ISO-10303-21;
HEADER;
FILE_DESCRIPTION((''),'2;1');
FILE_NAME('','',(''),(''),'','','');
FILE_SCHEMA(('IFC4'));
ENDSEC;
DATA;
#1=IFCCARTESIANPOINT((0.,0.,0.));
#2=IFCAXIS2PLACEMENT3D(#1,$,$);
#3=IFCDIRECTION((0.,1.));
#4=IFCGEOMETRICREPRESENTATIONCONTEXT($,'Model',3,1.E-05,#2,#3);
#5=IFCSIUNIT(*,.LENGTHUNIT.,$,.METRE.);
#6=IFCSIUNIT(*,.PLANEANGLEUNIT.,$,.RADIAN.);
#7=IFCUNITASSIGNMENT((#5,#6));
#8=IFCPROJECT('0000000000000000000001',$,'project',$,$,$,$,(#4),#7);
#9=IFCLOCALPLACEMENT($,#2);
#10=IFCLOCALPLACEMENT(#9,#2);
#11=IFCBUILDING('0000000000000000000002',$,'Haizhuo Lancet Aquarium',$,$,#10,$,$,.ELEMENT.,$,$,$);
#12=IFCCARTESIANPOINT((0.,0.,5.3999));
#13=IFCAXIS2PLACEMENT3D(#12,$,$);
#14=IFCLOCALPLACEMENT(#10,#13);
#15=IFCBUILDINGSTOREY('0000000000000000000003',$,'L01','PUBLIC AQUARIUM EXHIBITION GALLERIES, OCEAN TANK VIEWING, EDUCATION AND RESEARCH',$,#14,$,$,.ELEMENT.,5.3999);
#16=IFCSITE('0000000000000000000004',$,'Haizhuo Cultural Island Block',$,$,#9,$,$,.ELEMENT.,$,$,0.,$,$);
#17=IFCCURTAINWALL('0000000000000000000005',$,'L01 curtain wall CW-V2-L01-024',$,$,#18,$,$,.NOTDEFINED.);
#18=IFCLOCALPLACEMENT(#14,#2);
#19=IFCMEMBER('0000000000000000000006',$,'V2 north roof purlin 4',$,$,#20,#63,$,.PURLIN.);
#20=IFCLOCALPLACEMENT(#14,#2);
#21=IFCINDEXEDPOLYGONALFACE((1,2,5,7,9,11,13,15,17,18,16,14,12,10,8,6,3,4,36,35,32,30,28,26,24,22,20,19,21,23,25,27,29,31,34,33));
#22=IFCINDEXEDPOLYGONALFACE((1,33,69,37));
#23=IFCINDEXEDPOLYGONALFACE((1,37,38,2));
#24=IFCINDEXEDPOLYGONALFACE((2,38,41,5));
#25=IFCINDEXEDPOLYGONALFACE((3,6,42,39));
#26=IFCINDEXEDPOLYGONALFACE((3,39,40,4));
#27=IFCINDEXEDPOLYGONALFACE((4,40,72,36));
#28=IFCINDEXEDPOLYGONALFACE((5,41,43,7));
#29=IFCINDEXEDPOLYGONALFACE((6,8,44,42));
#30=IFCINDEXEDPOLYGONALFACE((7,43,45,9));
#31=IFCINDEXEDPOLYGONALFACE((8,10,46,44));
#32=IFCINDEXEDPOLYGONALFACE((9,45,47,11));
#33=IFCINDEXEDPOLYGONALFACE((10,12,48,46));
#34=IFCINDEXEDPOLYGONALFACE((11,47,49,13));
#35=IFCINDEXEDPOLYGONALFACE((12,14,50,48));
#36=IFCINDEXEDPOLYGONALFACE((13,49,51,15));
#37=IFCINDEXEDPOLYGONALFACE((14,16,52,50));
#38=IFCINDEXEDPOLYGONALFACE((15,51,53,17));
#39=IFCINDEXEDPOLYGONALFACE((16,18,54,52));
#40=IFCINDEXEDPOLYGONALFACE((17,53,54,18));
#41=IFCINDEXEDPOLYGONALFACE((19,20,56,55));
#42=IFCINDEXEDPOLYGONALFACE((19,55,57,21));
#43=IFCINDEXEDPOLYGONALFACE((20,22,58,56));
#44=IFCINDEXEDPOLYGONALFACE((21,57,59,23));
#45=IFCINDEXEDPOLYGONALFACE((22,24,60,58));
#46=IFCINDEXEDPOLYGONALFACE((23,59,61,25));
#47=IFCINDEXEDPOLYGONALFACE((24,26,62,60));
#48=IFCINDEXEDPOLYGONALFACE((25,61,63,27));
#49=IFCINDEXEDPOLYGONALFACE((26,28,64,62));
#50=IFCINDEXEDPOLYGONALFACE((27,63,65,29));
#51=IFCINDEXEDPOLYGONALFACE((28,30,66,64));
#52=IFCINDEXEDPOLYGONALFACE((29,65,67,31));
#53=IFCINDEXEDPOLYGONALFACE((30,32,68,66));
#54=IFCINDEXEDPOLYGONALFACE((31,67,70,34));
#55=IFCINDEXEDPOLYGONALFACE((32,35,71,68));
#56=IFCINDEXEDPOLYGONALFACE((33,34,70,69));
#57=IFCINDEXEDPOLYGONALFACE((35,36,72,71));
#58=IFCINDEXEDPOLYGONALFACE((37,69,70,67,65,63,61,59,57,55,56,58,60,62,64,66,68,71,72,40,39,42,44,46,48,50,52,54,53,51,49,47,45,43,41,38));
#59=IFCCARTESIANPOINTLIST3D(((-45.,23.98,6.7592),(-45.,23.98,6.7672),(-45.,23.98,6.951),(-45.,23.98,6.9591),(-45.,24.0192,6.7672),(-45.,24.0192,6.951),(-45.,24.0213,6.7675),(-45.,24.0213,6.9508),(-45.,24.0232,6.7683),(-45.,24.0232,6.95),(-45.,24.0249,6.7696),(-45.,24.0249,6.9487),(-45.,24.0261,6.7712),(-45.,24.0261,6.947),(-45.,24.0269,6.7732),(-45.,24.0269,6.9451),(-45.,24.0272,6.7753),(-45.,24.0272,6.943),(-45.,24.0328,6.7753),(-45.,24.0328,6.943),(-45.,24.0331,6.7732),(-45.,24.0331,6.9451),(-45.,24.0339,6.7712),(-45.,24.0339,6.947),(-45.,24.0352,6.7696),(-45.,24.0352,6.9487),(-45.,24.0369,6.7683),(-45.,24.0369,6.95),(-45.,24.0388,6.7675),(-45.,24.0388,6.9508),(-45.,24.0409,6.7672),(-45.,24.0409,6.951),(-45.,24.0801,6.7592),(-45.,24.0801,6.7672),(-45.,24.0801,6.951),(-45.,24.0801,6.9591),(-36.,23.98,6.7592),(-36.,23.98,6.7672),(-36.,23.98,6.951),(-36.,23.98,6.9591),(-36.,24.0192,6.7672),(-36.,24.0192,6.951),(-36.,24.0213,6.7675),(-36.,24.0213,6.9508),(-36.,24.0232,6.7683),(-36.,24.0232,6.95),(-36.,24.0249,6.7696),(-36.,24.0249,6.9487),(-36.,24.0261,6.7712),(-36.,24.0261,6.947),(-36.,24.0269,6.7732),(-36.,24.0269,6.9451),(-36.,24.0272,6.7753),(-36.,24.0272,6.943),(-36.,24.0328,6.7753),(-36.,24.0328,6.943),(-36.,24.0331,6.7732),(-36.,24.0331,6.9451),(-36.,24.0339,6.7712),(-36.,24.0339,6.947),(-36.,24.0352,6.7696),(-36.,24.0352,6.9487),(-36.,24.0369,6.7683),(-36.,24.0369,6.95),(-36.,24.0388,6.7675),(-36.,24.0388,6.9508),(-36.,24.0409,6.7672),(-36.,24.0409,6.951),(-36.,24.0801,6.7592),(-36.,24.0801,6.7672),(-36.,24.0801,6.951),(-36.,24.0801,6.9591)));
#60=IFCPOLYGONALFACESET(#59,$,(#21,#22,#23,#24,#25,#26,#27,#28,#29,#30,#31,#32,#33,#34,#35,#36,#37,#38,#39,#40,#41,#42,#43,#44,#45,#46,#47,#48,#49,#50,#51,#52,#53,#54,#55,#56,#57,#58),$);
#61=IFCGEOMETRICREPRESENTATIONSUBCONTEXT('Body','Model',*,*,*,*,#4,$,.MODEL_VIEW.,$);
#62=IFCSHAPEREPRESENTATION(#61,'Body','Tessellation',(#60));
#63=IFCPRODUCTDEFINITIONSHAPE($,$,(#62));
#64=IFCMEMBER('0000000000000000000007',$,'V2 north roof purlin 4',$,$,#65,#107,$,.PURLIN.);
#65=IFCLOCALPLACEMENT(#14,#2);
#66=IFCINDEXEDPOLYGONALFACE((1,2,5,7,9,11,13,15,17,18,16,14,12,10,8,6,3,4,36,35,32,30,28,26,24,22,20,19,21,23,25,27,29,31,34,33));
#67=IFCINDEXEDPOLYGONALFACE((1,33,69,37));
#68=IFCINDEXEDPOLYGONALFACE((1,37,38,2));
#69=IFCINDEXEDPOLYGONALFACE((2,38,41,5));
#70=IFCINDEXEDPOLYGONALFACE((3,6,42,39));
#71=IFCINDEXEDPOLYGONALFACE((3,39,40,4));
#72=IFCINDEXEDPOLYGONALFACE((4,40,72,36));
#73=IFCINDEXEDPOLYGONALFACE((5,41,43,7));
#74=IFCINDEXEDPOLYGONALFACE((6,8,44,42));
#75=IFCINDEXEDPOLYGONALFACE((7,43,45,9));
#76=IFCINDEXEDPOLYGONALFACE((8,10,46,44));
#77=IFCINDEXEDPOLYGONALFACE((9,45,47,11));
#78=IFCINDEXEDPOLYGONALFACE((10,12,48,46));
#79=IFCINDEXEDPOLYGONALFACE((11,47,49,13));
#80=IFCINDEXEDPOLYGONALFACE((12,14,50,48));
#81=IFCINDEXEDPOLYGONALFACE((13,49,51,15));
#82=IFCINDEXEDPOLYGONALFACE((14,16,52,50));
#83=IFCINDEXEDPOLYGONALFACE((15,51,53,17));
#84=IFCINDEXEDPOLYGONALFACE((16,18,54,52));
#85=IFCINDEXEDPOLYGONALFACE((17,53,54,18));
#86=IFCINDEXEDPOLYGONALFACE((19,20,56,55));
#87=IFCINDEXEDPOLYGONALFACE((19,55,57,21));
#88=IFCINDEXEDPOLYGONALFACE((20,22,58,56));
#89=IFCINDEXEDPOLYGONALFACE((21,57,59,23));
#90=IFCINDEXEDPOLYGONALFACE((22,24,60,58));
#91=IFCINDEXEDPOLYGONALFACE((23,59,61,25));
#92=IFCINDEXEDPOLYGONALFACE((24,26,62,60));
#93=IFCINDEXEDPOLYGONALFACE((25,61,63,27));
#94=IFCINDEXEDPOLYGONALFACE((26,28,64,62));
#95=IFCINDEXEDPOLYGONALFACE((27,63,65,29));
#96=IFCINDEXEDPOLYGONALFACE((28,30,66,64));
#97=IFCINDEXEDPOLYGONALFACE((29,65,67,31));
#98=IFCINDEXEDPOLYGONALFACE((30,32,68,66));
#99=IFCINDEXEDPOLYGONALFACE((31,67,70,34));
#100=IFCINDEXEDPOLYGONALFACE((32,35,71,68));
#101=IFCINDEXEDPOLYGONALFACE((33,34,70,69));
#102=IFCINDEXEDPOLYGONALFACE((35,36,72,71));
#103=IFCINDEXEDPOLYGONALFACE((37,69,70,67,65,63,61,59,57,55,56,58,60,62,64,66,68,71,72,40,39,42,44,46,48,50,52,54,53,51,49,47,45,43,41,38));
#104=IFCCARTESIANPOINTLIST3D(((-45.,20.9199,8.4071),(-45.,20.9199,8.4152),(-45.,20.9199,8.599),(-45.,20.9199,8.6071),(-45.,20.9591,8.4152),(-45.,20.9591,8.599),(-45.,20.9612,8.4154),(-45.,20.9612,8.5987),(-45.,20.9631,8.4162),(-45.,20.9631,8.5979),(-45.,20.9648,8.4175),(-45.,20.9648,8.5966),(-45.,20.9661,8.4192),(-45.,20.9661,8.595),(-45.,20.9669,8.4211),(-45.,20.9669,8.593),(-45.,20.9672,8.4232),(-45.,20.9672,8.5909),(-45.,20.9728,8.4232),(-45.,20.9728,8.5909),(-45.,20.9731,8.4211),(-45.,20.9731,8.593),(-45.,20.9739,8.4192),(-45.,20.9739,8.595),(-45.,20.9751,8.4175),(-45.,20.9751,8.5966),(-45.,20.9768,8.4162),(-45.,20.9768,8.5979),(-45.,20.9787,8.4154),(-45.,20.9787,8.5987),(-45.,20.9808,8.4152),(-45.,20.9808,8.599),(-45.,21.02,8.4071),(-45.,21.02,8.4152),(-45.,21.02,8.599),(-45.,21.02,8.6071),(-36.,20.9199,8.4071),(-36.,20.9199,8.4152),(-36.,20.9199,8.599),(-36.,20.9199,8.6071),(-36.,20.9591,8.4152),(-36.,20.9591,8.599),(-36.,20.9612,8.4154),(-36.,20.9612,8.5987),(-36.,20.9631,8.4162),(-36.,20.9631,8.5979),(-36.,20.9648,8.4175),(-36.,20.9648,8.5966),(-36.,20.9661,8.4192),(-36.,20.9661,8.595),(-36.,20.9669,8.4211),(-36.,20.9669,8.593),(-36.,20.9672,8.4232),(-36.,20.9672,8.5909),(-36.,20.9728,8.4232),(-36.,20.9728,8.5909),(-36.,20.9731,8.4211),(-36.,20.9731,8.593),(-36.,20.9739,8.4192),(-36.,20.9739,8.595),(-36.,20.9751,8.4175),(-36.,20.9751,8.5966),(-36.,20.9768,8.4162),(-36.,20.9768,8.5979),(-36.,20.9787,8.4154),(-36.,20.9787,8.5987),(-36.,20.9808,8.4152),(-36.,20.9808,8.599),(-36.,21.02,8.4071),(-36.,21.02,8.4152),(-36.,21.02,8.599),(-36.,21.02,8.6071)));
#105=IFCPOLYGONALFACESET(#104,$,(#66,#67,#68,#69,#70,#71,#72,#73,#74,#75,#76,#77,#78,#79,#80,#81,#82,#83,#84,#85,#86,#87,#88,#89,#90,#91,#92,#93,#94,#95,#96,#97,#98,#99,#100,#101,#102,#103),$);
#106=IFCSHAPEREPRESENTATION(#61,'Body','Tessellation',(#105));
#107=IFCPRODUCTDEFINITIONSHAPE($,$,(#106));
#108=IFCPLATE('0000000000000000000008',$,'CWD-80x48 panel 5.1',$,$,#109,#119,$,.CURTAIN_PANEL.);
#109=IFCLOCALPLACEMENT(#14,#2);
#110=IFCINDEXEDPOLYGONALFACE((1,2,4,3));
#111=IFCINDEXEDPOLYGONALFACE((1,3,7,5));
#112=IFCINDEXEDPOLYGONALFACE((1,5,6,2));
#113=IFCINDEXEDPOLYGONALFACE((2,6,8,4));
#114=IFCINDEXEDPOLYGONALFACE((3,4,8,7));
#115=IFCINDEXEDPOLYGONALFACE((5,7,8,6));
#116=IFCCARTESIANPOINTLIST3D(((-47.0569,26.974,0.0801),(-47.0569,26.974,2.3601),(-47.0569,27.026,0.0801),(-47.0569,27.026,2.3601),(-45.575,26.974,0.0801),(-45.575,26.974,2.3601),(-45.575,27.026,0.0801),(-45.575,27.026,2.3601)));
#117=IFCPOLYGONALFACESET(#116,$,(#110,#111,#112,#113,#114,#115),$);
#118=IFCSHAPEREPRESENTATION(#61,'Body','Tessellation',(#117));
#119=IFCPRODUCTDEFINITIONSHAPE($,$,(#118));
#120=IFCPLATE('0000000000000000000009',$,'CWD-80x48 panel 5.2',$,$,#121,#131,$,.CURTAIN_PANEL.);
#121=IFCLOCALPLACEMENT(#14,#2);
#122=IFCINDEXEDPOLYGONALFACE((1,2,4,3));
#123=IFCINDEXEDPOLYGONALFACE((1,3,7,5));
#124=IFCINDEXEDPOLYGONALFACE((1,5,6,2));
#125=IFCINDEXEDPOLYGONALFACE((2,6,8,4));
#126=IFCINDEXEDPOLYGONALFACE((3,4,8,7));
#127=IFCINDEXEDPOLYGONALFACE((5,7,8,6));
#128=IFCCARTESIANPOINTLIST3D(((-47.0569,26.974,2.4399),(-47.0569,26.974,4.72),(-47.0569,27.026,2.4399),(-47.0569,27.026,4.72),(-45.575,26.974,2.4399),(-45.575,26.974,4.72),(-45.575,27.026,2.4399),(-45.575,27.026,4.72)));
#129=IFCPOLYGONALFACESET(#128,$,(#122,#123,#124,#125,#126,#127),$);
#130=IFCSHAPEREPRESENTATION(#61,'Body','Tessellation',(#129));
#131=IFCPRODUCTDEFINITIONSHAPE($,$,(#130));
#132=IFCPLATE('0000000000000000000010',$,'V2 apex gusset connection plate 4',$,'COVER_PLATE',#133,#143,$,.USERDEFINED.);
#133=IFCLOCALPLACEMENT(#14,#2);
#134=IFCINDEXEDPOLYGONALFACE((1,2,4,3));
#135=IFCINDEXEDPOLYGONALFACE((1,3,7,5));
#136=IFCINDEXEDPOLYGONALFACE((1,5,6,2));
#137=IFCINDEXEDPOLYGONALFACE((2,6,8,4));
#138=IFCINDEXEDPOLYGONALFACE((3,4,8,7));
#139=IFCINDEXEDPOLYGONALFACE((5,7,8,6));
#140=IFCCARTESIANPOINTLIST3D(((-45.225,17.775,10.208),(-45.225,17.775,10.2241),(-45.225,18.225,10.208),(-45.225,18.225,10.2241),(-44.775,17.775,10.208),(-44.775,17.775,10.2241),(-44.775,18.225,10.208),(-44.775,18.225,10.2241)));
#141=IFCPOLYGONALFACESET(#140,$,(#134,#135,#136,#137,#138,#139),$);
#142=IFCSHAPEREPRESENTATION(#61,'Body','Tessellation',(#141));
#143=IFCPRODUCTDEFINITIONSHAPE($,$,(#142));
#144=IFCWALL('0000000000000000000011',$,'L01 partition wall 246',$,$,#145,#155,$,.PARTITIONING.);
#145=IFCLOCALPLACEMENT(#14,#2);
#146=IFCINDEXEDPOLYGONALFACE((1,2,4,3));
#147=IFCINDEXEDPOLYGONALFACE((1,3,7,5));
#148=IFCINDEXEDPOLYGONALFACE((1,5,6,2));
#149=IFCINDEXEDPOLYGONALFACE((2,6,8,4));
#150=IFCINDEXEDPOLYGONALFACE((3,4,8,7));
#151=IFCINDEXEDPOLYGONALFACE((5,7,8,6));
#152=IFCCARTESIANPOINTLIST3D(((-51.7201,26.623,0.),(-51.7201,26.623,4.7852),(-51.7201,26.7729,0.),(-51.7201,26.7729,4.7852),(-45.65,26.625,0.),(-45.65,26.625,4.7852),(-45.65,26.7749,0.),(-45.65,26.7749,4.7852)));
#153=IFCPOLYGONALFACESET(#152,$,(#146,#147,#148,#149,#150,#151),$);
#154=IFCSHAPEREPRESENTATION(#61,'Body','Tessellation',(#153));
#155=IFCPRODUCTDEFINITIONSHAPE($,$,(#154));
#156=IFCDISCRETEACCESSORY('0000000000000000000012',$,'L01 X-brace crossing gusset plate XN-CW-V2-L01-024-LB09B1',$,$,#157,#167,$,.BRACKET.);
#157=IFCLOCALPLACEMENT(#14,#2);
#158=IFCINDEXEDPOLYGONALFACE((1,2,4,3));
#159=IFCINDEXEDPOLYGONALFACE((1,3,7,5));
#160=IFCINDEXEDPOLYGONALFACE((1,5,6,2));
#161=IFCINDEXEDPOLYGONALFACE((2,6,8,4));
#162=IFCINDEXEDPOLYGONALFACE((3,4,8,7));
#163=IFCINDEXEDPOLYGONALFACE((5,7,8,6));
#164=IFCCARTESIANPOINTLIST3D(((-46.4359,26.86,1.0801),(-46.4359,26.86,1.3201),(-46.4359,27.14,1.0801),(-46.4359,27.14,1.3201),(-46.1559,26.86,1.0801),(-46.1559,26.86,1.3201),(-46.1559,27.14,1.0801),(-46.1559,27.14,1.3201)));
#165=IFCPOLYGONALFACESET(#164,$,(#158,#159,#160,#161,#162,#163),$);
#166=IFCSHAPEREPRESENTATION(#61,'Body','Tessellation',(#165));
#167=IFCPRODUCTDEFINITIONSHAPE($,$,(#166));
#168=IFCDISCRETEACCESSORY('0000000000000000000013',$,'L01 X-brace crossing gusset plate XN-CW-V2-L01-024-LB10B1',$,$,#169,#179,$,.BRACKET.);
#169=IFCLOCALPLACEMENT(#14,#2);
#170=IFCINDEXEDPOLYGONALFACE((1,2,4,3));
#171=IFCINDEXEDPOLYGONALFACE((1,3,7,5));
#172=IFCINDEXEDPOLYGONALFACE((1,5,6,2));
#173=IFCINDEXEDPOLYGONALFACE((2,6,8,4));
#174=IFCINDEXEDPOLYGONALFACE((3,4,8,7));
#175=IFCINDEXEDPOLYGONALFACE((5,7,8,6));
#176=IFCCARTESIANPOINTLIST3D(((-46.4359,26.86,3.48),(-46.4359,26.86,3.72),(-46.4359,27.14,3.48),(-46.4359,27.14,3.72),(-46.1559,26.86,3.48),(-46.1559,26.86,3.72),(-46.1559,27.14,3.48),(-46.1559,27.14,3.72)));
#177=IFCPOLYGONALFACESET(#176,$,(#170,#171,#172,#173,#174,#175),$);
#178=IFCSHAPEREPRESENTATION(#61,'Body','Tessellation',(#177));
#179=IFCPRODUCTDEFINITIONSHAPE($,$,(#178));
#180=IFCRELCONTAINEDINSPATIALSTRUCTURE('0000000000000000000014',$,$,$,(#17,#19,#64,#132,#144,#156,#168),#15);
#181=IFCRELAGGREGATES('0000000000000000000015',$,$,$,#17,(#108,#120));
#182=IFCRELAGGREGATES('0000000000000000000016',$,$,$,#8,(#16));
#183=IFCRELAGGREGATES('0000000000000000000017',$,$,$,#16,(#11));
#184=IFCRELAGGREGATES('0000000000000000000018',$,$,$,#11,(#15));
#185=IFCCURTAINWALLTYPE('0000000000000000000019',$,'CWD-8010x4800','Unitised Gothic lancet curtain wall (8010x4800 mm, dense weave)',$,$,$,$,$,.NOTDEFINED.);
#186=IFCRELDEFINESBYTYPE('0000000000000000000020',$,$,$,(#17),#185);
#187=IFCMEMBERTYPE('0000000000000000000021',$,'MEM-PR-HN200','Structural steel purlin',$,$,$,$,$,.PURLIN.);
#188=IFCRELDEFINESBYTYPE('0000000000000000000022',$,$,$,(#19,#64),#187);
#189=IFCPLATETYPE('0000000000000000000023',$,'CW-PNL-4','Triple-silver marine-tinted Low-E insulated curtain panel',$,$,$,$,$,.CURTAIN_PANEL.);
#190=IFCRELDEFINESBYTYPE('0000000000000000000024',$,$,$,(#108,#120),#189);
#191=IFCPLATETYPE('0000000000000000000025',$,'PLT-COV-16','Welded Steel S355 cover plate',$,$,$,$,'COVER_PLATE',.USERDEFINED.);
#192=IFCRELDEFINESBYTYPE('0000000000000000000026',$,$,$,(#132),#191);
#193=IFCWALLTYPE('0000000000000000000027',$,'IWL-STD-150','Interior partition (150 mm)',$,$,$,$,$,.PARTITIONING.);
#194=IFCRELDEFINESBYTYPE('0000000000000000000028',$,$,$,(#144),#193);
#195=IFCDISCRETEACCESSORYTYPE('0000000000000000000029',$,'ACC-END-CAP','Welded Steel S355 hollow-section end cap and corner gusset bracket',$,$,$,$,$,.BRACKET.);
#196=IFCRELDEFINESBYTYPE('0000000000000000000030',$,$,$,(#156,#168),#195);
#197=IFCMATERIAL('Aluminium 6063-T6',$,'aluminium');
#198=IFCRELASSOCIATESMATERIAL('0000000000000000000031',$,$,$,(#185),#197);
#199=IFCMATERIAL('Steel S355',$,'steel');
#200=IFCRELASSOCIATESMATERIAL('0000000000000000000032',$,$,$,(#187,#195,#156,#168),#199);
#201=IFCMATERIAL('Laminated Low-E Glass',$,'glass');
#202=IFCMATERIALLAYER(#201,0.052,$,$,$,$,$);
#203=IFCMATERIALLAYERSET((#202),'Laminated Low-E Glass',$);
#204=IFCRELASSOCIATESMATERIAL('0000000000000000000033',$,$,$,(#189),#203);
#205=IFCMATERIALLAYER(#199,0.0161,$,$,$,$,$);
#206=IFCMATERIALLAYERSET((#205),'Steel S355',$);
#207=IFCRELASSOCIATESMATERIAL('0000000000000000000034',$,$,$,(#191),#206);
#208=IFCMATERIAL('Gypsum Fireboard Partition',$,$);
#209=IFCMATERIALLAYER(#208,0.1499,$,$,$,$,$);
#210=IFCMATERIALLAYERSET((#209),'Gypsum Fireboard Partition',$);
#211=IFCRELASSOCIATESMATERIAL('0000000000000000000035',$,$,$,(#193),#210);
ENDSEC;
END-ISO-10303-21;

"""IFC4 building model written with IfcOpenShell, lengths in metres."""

from ifc_helpers import new_model, si_unit, direction, frame, frame_2d, origin, origin_2d, place, context, subcontext, project, spatial, rectangle, i_section, extrude, material, layer, layer_set, material_profile, profile_set, type_object, element, aggregate, save


model = new_model("IFC4")

# Units and contexts
model_context = context("Model", 3, precision=1e-05, world=origin(), true_north=direction((0.0, 1.0)))
body_context = subcontext(model_context, "Body", "Model", "MODEL_VIEW")
ifc_project = project(units=[si_unit("LENGTHUNIT", "METRE"), si_unit("PLANEANGLEUNIT", "RADIAN")], contexts=[model_context])

# Site, building, storey
site_placement = place(None, origin())
site = spatial("IfcSite", under=ifc_project, at=site_placement, Name="Haizhuo Cultural Island Block", CompositionType="ELEMENT", RefElevation=0.0)
building_placement = place(site_placement, origin())
building = spatial("IfcBuilding", under=site, at=building_placement, Name="Haizhuo Lancet Aquarium", CompositionType="ELEMENT")
storey_placement = place(building_placement, frame((0.0, 0.0, 5.3999)))
storey = spatial("IfcBuildingStorey", under=building, at=storey_placement, Name="L01", Description="PUBLIC AQUARIUM EXHIBITION GALLERIES, OCEAN TANK VIEWING, EDUCATION AND RESEARCH", CompositionType="ELEMENT", Elevation=5.3999)

# Shared definitions
ifc_material_1 = material(Name="Steel S355", Category="steel")

# Curtain wall
ifc_material_2 = material(Name="Aluminium 6063-T6", Category="aluminium")
curtain_wall_type = type_object("IfcCurtainWallType", Name="CWD-8010x4800", Description="Unitised Gothic lancet curtain wall (8010x4800 mm, dense weave)", PredefinedType="NOTDEFINED", material=ifc_material_2)
curtain_wall_placement = place(storey_placement, origin())
curtain_wall = element("IfcCurtainWall", 1, at=curtain_wall_placement, inside=storey, type_object=curtain_wall_type, Name="L01 curtain wall CW-V2-L01-024", PredefinedType="NOTDEFINED")

# Members
ifc_material_profile_1 = material_profile(ifc_material_1, i_section(OverallWidth=0.1001, OverallDepth=0.2, WebThickness=0.0056, FlangeThickness=0.0081, FilletRadius=0.0081, at=origin_2d()), Name="HN 200x100x5.5x8")
ifc_profile_set_1 = profile_set([ifc_material_profile_1], Name="Steel S355")
member_type_1 = type_object("IfcMemberType", Name="MEM-PR-HN200", Description="Structural steel purlin", PredefinedType="PURLIN", material=ifc_profile_set_1)
for number, where, z_axis, x_axis, name in (
    (2, (-45.0, 24.03, 6.8591), (1.0, 0.0, 0.0), (0.0, 1.0, 0.0), "V2 north roof purlin 4"),
    (3, (-45.0, 20.97, 8.5071), (1.0, 0.0, 0.0), (0.0, 1.0, 0.0), "V2 north roof purlin 4"),
):
    element("IfcMember", number, at=place(storey_placement, frame(where, z_axis=z_axis, x_axis=x_axis)), inside=storey, type_object=member_type_1, Name=name, PredefinedType="PURLIN", context=body_context, shape_type="SweptSolid", body=[
        extrude(i_section(OverallWidth=0.1001, OverallDepth=0.2, WebThickness=0.0056, FlangeThickness=0.0081, FilletRadius=0.0081, at=origin_2d()), origin(), (0.0, 0.0, 1.0), 9.0),
    ])

# Plates
ifc_material_3 = material(Name="Laminated Low-E Glass", Category="glass")
ifc_layer_1 = layer(ifc_material_3, 0.052)
ifc_layer_set_1 = layer_set([ifc_layer_1], Name="Laminated Low-E Glass")
plate_type_1 = type_object("IfcPlateType", Name="CW-PNL-4", Description="Triple-silver marine-tinted Low-E insulated curtain panel", PredefinedType="CURTAIN_PANEL", material=ifc_layer_set_1)
plate_1_placement = place(storey_placement, frame((-46.3159, 27.0, 0.0801), z_axis=(0.0, 0.0, 1.0), x_axis=(1.0, 0.0, 0.0)))
plate_1 = element("IfcPlate", 4, at=plate_1_placement, type_object=plate_type_1, Name="CWD-80x48 panel 5.1", PredefinedType="CURTAIN_PANEL", context=body_context, shape_type="SweptSolid", body=[
    extrude(rectangle(XDim=1.4819, YDim=0.052, at=origin_2d()), origin(), (0.0, 0.0, 1.0), 2.28),
])
plate_2_placement = place(storey_placement, frame((-46.3159, 27.0, 2.4399), z_axis=(0.0, 0.0, 1.0), x_axis=(1.0, 0.0, 0.0)))
plate_2 = element("IfcPlate", 5, at=plate_2_placement, type_object=plate_type_1, Name="CWD-80x48 panel 5.2", PredefinedType="CURTAIN_PANEL", context=body_context, shape_type="SweptSolid", body=[
    extrude(rectangle(XDim=1.4819, YDim=0.052, at=origin_2d()), origin(), (0.0, 0.0, 1.0), 2.28),
])
aggregate(curtain_wall, [plate_1, plate_2])
ifc_layer_2 = layer(ifc_material_1, 0.0161)
ifc_layer_set_2 = layer_set([ifc_layer_2], Name="Steel S355")
plate_type_2 = type_object("IfcPlateType", Name="PLT-COV-16", Description="Welded Steel S355 cover plate", ElementType="COVER_PLATE", PredefinedType="USERDEFINED", material=ifc_layer_set_2)
plate_3_placement = place(storey_placement, frame((-45.0, 18.0, 10.208), z_axis=(0.0, 0.0, 1.0), x_axis=(1.0, 0.0, 0.0)))
element("IfcPlate", 6, at=plate_3_placement, inside=storey, type_object=plate_type_2, Name="V2 apex gusset connection plate 4", ObjectType="COVER_PLATE", PredefinedType="USERDEFINED", context=body_context, shape_type="SweptSolid", body=[
    extrude(rectangle(XDim=0.45, YDim=0.45, at=origin_2d()), origin(), (0.0, 0.0, 1.0), 0.0161),
])

# Wall
ifc_material_4 = material(Name="Gypsum Fireboard Partition")
ifc_layer_3 = layer(ifc_material_4, 0.1499)
ifc_layer_set_3 = layer_set([ifc_layer_3], Name="Gypsum Fireboard Partition")
wall_type = type_object("IfcWallType", Name="IWL-STD-150", Description="Interior partition (150 mm)", PredefinedType="PARTITIONING", material=ifc_layer_set_3)
wall_placement = place(storey_placement, frame((-45.6499, 26.7, 0.0), z_axis=(0.0, 0.0, 1.0), x_axis=(-1.0, -0.000322, 0.0)))
element("IfcWall", 7, at=wall_placement, inside=storey, type_object=wall_type, Name="L01 partition wall 246", PredefinedType="PARTITIONING", context=body_context, shape_type="SweptSolid", body=[
    extrude(rectangle(XDim=6.0701, YDim=0.1499, at=frame_2d((3.0352, 0.0))), origin(), (0.0, 0.0, 1.0), 4.7852),
])

# Discrete accessories
discrete_accessory_type = type_object("IfcDiscreteAccessoryType", Name="ACC-END-CAP", Description="Welded Steel S355 hollow-section end cap and corner gusset bracket", PredefinedType="BRACKET", material=ifc_material_1)
for number, where, z_axis, x_axis, name in (
    (8, (-46.2959, 27.0, 1.0801), (0.0, 0.0, 1.0), (1.0, 0.0, 0.0), "L01 X-brace crossing gusset plate XN-CW-V2-L01-024-LB09B1"),
    (9, (-46.2959, 27.0, 3.48), (0.0, 0.0, 1.0), (1.0, 0.0, 0.0), "L01 X-brace crossing gusset plate XN-CW-V2-L01-024-LB10B1"),
):
    element("IfcDiscreteAccessory", number, at=place(storey_placement, frame(where, z_axis=z_axis, x_axis=x_axis)), inside=storey, type_object=discrete_accessory_type, material=ifc_material_1, Name=name, PredefinedType="BRACKET", context=body_context, shape_type="SweptSolid", body=[
        extrude(rectangle(XDim=0.28, YDim=0.28, at=origin_2d()), origin(), (0.0, 0.0, 1.0), 0.24),
    ])

save(model, "model.ifc")
